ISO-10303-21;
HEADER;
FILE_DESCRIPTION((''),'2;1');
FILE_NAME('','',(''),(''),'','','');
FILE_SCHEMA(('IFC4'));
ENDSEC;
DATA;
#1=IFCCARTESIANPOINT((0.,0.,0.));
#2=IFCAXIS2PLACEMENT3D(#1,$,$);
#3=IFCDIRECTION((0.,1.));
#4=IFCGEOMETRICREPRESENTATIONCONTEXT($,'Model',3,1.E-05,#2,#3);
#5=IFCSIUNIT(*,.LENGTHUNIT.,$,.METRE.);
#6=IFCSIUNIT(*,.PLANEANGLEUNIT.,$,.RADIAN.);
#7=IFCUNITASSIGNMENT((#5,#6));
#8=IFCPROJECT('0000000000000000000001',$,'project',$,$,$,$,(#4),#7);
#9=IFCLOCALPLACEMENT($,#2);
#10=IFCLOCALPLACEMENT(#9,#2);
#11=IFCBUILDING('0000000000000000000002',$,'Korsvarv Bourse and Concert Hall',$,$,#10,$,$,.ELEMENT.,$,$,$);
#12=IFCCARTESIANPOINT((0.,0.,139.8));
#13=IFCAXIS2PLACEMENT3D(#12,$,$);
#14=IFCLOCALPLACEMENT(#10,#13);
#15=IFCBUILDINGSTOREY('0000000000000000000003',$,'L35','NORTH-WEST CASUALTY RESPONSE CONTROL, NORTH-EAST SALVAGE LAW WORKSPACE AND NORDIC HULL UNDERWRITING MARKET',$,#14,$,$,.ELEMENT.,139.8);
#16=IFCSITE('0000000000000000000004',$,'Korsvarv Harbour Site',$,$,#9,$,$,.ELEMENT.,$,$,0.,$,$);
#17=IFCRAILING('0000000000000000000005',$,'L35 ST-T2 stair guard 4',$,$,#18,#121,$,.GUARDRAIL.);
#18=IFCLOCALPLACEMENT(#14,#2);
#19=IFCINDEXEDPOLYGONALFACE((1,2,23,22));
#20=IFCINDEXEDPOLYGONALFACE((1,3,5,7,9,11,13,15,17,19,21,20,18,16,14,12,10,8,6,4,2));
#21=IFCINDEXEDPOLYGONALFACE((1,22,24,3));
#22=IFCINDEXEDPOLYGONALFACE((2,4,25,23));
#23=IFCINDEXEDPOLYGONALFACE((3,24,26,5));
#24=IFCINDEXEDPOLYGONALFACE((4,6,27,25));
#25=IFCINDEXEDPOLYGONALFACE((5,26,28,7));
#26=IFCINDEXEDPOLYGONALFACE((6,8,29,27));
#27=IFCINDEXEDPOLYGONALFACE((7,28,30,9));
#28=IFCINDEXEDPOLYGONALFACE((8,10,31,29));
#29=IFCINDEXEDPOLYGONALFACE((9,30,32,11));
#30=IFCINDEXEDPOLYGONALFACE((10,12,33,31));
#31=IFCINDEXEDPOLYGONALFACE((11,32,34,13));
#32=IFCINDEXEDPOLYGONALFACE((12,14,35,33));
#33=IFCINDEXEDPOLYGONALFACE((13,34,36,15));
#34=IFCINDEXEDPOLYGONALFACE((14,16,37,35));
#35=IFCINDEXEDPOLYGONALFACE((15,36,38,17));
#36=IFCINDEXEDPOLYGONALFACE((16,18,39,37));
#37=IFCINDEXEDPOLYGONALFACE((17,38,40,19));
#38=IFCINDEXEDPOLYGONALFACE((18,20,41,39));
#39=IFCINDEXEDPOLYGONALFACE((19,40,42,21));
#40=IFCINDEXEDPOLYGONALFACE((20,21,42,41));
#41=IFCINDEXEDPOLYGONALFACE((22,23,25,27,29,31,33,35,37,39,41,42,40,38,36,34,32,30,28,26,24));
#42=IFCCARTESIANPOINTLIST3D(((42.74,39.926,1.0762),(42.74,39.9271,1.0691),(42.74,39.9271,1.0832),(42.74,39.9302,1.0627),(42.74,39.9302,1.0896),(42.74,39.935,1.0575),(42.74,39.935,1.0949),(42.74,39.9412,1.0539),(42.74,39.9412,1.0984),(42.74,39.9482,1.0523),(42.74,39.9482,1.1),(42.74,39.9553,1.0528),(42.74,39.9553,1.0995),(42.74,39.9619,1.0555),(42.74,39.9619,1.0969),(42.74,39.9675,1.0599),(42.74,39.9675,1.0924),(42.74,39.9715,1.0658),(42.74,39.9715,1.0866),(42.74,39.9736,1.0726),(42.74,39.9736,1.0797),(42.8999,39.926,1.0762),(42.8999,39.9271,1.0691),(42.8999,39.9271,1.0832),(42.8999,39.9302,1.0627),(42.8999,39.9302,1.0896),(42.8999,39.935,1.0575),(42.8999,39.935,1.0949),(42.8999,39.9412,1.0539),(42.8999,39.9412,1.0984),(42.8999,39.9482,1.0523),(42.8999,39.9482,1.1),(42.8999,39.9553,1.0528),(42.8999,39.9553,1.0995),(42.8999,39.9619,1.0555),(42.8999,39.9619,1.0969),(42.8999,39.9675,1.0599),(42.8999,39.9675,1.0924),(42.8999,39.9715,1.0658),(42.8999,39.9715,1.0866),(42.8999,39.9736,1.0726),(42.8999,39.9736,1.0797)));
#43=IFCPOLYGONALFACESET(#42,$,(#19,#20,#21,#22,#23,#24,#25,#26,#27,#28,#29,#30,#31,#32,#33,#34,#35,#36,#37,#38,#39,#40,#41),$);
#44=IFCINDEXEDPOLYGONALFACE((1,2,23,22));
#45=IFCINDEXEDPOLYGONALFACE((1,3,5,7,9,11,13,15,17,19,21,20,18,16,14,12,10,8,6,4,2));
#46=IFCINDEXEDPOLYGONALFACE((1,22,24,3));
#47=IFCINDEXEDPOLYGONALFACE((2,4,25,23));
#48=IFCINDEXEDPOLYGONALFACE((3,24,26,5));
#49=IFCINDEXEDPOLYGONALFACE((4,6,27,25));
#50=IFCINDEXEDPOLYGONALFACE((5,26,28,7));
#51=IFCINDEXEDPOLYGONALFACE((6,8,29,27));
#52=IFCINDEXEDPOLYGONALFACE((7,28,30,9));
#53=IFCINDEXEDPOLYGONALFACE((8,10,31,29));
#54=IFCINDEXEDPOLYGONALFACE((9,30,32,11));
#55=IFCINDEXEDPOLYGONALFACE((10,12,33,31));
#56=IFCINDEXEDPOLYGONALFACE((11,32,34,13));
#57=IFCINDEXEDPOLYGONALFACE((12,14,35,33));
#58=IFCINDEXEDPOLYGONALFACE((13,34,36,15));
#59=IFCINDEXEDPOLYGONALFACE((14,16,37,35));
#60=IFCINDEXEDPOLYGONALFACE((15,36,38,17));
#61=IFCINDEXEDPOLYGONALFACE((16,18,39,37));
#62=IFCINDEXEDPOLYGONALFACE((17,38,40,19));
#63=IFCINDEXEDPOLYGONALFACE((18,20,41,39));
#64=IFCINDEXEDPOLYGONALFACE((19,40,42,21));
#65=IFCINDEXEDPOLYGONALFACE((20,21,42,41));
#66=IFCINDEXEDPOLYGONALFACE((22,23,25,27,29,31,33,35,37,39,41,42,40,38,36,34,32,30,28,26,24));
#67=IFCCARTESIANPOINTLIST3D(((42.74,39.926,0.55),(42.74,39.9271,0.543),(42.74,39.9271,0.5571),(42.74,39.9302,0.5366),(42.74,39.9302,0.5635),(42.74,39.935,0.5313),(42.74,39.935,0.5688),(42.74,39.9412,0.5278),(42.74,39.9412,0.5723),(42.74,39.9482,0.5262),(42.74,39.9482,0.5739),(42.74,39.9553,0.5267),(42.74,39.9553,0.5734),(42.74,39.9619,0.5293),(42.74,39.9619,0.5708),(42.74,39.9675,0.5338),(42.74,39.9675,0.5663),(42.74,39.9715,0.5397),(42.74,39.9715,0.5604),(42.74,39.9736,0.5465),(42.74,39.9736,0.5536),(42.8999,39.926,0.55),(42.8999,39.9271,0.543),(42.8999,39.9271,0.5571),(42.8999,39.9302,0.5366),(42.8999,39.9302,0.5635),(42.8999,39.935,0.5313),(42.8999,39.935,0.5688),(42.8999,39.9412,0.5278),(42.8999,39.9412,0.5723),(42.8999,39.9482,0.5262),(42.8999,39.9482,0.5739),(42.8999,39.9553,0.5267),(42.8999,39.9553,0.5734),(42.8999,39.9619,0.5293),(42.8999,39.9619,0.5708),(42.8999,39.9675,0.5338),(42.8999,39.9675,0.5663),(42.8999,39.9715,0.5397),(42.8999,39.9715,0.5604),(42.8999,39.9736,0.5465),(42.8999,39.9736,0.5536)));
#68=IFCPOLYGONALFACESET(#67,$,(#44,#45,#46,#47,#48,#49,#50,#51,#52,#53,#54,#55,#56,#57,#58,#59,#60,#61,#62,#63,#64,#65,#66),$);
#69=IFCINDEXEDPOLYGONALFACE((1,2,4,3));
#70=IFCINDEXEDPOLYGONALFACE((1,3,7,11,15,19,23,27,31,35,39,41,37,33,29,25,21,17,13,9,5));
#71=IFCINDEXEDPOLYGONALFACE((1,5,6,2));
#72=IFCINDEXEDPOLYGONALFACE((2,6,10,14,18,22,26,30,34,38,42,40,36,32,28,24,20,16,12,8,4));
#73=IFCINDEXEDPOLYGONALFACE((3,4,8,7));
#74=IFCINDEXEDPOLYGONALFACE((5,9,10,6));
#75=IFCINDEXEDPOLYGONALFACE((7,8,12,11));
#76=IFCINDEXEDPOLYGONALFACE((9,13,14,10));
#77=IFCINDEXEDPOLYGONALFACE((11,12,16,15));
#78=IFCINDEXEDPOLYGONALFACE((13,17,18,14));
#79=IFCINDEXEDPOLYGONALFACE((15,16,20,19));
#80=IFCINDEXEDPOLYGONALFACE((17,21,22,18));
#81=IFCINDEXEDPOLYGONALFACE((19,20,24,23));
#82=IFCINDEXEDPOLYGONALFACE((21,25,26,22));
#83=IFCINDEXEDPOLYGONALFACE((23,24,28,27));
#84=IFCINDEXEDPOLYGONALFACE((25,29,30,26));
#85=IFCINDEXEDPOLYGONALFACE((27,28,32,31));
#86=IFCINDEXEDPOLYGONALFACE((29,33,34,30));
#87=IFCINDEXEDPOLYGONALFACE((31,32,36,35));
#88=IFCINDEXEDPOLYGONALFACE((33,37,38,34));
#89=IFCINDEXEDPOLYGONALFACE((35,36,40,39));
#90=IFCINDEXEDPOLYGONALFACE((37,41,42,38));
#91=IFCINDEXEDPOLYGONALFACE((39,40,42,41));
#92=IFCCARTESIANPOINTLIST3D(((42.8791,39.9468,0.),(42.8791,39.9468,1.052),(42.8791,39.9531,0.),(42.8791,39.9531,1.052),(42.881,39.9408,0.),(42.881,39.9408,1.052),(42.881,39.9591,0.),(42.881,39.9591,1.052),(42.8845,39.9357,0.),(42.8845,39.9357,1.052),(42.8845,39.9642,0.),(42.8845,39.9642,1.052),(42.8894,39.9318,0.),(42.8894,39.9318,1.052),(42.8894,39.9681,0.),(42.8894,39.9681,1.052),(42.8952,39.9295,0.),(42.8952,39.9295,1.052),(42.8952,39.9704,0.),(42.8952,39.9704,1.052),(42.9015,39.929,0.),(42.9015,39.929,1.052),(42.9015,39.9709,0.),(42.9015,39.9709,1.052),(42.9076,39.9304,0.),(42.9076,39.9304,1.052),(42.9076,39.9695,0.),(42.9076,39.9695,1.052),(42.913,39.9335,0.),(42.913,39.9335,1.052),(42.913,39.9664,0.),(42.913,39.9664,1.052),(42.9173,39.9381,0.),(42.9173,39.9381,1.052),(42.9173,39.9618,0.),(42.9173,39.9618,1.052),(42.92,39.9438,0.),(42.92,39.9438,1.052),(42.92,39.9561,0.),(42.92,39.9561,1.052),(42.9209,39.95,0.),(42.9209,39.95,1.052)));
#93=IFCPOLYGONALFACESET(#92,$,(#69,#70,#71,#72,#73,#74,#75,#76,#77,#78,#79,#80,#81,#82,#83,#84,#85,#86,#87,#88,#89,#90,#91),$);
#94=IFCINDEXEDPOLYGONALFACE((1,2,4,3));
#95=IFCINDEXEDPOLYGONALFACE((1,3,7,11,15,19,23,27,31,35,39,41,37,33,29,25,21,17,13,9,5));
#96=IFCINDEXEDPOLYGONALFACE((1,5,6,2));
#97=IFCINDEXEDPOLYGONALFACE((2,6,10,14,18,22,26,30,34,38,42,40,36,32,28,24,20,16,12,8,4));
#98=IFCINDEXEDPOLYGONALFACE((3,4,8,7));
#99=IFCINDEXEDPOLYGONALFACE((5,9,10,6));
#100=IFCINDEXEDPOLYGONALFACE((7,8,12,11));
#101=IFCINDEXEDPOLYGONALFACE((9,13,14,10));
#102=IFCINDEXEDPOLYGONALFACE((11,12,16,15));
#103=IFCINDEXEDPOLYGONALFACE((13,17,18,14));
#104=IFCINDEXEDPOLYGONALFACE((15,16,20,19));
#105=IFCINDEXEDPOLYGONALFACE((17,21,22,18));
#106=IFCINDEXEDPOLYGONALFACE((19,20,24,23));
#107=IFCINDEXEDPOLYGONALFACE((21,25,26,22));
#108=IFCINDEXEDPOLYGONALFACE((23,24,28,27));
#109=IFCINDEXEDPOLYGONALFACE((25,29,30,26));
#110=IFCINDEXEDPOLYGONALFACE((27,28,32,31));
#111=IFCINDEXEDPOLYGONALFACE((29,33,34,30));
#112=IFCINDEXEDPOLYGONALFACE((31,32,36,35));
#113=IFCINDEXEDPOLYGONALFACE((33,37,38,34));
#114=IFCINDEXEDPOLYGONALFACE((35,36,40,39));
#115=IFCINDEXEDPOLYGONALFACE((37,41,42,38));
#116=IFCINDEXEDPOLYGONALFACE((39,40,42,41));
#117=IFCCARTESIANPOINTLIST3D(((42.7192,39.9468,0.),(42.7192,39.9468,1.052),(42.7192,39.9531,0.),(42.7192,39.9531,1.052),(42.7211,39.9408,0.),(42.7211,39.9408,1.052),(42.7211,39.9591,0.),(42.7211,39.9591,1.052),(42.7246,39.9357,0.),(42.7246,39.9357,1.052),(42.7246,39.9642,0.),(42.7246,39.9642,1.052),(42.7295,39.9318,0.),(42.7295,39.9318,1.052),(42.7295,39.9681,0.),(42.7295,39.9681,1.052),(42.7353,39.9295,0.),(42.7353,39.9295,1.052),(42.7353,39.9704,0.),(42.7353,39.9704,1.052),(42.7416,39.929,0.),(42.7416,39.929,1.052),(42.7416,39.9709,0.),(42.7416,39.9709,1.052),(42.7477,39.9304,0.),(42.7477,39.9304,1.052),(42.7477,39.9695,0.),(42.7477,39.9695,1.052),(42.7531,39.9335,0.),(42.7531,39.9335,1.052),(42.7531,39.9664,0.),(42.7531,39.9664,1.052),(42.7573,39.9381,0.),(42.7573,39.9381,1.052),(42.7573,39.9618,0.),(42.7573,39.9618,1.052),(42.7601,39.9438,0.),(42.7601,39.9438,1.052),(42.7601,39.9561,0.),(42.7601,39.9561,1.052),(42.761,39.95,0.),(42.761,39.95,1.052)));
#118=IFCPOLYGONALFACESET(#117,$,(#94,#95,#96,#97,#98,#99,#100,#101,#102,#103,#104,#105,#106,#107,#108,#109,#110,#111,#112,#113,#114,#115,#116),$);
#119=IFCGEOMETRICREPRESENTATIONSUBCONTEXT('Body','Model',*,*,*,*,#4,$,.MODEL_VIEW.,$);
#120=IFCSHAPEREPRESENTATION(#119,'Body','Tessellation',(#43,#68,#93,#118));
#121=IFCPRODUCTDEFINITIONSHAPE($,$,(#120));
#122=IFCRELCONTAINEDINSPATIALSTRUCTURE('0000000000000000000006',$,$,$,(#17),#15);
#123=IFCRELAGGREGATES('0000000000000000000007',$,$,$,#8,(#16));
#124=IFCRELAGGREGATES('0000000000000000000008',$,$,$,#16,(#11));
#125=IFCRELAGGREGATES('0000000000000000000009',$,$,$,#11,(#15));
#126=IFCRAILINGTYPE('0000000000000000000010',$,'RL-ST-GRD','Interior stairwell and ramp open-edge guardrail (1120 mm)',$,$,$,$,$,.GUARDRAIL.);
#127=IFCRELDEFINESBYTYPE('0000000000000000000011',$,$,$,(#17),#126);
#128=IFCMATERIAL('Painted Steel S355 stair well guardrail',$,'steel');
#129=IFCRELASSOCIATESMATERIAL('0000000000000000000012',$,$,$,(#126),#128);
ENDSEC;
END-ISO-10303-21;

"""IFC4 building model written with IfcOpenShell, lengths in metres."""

from ifc_helpers import new_model, si_unit, direction, frame, origin, origin_2d, place, context, subcontext, project, spatial, circle, extrude, material, type_object, element, save


model = new_model("IFC4")

# Units and contexts
model_context = context("Model", 3, precision=1e-05, world=origin(), true_north=direction((0.0, 1.0)))
body_context = subcontext(model_context, "Body", "Model", "MODEL_VIEW")
ifc_project = project(units=[si_unit("LENGTHUNIT", "METRE"), si_unit("PLANEANGLEUNIT", "RADIAN")], contexts=[model_context])

# Site, building, storey
site_placement = place(None, origin())
site = spatial("IfcSite", under=ifc_project, at=site_placement, Name="Korsvarv Harbour Site", CompositionType="ELEMENT", RefElevation=0.0)
building_placement = place(site_placement, origin())
building = spatial("IfcBuilding", under=site, at=building_placement, Name="Korsvarv Bourse and Concert Hall", CompositionType="ELEMENT")
storey_placement = place(building_placement, frame((0.0, 0.0, 139.8)))
storey = spatial("IfcBuildingStorey", under=building, at=storey_placement, Name="L35", Description="NORTH-WEST CASUALTY RESPONSE CONTROL, NORTH-EAST SALVAGE LAW WORKSPACE AND NORDIC HULL UNDERWRITING MARKET", CompositionType="ELEMENT", Elevation=139.8)

# Railing
ifc_material_1 = material(Name="Painted Steel S355 stair well guardrail", Category="steel")
railing_type_1 = type_object("IfcRailingType", Name="RL-ST-GRD", Description="Interior stairwell and ramp open-edge guardrail (1120 mm)", PredefinedType="GUARDRAIL", material=ifc_material_1)
railing_1_placement = place(storey_placement, frame((42.8999, 39.95, 0.0)))
element("IfcRailing", 1, at=railing_1_placement, inside=storey, type_object=railing_type_1, Name="L35 ST-T2 stair guard 4", PredefinedType="GUARDRAIL", context=body_context, shape_type="SweptSolid", body=[
    extrude(circle(Radius=0.0239, at=origin_2d()), frame((0.0, 0.0, 1.0762), z_axis=(-1.0, 0.0, 0.0), x_axis=(0.0, -1.0, 0.0)), (0.0, 0.0, 1.0), 0.1599),
    extrude(circle(Radius=0.0239, at=origin_2d()), frame((0.0, 0.0, 0.55), z_axis=(-1.0, 0.0, 0.0), x_axis=(0.0, -1.0, 0.0)), (0.0, 0.0, 1.0), 0.1599),
    extrude(circle(Radius=0.021, at=origin_2d()), origin(), (0.0, 0.0, 1.0), 1.052),
    extrude(circle(Radius=0.021, at=origin_2d()), frame((-0.1599, 0.0, 0.0)), (0.0, 0.0, 1.0), 1.052),
])

save(model, "model.ifc")
